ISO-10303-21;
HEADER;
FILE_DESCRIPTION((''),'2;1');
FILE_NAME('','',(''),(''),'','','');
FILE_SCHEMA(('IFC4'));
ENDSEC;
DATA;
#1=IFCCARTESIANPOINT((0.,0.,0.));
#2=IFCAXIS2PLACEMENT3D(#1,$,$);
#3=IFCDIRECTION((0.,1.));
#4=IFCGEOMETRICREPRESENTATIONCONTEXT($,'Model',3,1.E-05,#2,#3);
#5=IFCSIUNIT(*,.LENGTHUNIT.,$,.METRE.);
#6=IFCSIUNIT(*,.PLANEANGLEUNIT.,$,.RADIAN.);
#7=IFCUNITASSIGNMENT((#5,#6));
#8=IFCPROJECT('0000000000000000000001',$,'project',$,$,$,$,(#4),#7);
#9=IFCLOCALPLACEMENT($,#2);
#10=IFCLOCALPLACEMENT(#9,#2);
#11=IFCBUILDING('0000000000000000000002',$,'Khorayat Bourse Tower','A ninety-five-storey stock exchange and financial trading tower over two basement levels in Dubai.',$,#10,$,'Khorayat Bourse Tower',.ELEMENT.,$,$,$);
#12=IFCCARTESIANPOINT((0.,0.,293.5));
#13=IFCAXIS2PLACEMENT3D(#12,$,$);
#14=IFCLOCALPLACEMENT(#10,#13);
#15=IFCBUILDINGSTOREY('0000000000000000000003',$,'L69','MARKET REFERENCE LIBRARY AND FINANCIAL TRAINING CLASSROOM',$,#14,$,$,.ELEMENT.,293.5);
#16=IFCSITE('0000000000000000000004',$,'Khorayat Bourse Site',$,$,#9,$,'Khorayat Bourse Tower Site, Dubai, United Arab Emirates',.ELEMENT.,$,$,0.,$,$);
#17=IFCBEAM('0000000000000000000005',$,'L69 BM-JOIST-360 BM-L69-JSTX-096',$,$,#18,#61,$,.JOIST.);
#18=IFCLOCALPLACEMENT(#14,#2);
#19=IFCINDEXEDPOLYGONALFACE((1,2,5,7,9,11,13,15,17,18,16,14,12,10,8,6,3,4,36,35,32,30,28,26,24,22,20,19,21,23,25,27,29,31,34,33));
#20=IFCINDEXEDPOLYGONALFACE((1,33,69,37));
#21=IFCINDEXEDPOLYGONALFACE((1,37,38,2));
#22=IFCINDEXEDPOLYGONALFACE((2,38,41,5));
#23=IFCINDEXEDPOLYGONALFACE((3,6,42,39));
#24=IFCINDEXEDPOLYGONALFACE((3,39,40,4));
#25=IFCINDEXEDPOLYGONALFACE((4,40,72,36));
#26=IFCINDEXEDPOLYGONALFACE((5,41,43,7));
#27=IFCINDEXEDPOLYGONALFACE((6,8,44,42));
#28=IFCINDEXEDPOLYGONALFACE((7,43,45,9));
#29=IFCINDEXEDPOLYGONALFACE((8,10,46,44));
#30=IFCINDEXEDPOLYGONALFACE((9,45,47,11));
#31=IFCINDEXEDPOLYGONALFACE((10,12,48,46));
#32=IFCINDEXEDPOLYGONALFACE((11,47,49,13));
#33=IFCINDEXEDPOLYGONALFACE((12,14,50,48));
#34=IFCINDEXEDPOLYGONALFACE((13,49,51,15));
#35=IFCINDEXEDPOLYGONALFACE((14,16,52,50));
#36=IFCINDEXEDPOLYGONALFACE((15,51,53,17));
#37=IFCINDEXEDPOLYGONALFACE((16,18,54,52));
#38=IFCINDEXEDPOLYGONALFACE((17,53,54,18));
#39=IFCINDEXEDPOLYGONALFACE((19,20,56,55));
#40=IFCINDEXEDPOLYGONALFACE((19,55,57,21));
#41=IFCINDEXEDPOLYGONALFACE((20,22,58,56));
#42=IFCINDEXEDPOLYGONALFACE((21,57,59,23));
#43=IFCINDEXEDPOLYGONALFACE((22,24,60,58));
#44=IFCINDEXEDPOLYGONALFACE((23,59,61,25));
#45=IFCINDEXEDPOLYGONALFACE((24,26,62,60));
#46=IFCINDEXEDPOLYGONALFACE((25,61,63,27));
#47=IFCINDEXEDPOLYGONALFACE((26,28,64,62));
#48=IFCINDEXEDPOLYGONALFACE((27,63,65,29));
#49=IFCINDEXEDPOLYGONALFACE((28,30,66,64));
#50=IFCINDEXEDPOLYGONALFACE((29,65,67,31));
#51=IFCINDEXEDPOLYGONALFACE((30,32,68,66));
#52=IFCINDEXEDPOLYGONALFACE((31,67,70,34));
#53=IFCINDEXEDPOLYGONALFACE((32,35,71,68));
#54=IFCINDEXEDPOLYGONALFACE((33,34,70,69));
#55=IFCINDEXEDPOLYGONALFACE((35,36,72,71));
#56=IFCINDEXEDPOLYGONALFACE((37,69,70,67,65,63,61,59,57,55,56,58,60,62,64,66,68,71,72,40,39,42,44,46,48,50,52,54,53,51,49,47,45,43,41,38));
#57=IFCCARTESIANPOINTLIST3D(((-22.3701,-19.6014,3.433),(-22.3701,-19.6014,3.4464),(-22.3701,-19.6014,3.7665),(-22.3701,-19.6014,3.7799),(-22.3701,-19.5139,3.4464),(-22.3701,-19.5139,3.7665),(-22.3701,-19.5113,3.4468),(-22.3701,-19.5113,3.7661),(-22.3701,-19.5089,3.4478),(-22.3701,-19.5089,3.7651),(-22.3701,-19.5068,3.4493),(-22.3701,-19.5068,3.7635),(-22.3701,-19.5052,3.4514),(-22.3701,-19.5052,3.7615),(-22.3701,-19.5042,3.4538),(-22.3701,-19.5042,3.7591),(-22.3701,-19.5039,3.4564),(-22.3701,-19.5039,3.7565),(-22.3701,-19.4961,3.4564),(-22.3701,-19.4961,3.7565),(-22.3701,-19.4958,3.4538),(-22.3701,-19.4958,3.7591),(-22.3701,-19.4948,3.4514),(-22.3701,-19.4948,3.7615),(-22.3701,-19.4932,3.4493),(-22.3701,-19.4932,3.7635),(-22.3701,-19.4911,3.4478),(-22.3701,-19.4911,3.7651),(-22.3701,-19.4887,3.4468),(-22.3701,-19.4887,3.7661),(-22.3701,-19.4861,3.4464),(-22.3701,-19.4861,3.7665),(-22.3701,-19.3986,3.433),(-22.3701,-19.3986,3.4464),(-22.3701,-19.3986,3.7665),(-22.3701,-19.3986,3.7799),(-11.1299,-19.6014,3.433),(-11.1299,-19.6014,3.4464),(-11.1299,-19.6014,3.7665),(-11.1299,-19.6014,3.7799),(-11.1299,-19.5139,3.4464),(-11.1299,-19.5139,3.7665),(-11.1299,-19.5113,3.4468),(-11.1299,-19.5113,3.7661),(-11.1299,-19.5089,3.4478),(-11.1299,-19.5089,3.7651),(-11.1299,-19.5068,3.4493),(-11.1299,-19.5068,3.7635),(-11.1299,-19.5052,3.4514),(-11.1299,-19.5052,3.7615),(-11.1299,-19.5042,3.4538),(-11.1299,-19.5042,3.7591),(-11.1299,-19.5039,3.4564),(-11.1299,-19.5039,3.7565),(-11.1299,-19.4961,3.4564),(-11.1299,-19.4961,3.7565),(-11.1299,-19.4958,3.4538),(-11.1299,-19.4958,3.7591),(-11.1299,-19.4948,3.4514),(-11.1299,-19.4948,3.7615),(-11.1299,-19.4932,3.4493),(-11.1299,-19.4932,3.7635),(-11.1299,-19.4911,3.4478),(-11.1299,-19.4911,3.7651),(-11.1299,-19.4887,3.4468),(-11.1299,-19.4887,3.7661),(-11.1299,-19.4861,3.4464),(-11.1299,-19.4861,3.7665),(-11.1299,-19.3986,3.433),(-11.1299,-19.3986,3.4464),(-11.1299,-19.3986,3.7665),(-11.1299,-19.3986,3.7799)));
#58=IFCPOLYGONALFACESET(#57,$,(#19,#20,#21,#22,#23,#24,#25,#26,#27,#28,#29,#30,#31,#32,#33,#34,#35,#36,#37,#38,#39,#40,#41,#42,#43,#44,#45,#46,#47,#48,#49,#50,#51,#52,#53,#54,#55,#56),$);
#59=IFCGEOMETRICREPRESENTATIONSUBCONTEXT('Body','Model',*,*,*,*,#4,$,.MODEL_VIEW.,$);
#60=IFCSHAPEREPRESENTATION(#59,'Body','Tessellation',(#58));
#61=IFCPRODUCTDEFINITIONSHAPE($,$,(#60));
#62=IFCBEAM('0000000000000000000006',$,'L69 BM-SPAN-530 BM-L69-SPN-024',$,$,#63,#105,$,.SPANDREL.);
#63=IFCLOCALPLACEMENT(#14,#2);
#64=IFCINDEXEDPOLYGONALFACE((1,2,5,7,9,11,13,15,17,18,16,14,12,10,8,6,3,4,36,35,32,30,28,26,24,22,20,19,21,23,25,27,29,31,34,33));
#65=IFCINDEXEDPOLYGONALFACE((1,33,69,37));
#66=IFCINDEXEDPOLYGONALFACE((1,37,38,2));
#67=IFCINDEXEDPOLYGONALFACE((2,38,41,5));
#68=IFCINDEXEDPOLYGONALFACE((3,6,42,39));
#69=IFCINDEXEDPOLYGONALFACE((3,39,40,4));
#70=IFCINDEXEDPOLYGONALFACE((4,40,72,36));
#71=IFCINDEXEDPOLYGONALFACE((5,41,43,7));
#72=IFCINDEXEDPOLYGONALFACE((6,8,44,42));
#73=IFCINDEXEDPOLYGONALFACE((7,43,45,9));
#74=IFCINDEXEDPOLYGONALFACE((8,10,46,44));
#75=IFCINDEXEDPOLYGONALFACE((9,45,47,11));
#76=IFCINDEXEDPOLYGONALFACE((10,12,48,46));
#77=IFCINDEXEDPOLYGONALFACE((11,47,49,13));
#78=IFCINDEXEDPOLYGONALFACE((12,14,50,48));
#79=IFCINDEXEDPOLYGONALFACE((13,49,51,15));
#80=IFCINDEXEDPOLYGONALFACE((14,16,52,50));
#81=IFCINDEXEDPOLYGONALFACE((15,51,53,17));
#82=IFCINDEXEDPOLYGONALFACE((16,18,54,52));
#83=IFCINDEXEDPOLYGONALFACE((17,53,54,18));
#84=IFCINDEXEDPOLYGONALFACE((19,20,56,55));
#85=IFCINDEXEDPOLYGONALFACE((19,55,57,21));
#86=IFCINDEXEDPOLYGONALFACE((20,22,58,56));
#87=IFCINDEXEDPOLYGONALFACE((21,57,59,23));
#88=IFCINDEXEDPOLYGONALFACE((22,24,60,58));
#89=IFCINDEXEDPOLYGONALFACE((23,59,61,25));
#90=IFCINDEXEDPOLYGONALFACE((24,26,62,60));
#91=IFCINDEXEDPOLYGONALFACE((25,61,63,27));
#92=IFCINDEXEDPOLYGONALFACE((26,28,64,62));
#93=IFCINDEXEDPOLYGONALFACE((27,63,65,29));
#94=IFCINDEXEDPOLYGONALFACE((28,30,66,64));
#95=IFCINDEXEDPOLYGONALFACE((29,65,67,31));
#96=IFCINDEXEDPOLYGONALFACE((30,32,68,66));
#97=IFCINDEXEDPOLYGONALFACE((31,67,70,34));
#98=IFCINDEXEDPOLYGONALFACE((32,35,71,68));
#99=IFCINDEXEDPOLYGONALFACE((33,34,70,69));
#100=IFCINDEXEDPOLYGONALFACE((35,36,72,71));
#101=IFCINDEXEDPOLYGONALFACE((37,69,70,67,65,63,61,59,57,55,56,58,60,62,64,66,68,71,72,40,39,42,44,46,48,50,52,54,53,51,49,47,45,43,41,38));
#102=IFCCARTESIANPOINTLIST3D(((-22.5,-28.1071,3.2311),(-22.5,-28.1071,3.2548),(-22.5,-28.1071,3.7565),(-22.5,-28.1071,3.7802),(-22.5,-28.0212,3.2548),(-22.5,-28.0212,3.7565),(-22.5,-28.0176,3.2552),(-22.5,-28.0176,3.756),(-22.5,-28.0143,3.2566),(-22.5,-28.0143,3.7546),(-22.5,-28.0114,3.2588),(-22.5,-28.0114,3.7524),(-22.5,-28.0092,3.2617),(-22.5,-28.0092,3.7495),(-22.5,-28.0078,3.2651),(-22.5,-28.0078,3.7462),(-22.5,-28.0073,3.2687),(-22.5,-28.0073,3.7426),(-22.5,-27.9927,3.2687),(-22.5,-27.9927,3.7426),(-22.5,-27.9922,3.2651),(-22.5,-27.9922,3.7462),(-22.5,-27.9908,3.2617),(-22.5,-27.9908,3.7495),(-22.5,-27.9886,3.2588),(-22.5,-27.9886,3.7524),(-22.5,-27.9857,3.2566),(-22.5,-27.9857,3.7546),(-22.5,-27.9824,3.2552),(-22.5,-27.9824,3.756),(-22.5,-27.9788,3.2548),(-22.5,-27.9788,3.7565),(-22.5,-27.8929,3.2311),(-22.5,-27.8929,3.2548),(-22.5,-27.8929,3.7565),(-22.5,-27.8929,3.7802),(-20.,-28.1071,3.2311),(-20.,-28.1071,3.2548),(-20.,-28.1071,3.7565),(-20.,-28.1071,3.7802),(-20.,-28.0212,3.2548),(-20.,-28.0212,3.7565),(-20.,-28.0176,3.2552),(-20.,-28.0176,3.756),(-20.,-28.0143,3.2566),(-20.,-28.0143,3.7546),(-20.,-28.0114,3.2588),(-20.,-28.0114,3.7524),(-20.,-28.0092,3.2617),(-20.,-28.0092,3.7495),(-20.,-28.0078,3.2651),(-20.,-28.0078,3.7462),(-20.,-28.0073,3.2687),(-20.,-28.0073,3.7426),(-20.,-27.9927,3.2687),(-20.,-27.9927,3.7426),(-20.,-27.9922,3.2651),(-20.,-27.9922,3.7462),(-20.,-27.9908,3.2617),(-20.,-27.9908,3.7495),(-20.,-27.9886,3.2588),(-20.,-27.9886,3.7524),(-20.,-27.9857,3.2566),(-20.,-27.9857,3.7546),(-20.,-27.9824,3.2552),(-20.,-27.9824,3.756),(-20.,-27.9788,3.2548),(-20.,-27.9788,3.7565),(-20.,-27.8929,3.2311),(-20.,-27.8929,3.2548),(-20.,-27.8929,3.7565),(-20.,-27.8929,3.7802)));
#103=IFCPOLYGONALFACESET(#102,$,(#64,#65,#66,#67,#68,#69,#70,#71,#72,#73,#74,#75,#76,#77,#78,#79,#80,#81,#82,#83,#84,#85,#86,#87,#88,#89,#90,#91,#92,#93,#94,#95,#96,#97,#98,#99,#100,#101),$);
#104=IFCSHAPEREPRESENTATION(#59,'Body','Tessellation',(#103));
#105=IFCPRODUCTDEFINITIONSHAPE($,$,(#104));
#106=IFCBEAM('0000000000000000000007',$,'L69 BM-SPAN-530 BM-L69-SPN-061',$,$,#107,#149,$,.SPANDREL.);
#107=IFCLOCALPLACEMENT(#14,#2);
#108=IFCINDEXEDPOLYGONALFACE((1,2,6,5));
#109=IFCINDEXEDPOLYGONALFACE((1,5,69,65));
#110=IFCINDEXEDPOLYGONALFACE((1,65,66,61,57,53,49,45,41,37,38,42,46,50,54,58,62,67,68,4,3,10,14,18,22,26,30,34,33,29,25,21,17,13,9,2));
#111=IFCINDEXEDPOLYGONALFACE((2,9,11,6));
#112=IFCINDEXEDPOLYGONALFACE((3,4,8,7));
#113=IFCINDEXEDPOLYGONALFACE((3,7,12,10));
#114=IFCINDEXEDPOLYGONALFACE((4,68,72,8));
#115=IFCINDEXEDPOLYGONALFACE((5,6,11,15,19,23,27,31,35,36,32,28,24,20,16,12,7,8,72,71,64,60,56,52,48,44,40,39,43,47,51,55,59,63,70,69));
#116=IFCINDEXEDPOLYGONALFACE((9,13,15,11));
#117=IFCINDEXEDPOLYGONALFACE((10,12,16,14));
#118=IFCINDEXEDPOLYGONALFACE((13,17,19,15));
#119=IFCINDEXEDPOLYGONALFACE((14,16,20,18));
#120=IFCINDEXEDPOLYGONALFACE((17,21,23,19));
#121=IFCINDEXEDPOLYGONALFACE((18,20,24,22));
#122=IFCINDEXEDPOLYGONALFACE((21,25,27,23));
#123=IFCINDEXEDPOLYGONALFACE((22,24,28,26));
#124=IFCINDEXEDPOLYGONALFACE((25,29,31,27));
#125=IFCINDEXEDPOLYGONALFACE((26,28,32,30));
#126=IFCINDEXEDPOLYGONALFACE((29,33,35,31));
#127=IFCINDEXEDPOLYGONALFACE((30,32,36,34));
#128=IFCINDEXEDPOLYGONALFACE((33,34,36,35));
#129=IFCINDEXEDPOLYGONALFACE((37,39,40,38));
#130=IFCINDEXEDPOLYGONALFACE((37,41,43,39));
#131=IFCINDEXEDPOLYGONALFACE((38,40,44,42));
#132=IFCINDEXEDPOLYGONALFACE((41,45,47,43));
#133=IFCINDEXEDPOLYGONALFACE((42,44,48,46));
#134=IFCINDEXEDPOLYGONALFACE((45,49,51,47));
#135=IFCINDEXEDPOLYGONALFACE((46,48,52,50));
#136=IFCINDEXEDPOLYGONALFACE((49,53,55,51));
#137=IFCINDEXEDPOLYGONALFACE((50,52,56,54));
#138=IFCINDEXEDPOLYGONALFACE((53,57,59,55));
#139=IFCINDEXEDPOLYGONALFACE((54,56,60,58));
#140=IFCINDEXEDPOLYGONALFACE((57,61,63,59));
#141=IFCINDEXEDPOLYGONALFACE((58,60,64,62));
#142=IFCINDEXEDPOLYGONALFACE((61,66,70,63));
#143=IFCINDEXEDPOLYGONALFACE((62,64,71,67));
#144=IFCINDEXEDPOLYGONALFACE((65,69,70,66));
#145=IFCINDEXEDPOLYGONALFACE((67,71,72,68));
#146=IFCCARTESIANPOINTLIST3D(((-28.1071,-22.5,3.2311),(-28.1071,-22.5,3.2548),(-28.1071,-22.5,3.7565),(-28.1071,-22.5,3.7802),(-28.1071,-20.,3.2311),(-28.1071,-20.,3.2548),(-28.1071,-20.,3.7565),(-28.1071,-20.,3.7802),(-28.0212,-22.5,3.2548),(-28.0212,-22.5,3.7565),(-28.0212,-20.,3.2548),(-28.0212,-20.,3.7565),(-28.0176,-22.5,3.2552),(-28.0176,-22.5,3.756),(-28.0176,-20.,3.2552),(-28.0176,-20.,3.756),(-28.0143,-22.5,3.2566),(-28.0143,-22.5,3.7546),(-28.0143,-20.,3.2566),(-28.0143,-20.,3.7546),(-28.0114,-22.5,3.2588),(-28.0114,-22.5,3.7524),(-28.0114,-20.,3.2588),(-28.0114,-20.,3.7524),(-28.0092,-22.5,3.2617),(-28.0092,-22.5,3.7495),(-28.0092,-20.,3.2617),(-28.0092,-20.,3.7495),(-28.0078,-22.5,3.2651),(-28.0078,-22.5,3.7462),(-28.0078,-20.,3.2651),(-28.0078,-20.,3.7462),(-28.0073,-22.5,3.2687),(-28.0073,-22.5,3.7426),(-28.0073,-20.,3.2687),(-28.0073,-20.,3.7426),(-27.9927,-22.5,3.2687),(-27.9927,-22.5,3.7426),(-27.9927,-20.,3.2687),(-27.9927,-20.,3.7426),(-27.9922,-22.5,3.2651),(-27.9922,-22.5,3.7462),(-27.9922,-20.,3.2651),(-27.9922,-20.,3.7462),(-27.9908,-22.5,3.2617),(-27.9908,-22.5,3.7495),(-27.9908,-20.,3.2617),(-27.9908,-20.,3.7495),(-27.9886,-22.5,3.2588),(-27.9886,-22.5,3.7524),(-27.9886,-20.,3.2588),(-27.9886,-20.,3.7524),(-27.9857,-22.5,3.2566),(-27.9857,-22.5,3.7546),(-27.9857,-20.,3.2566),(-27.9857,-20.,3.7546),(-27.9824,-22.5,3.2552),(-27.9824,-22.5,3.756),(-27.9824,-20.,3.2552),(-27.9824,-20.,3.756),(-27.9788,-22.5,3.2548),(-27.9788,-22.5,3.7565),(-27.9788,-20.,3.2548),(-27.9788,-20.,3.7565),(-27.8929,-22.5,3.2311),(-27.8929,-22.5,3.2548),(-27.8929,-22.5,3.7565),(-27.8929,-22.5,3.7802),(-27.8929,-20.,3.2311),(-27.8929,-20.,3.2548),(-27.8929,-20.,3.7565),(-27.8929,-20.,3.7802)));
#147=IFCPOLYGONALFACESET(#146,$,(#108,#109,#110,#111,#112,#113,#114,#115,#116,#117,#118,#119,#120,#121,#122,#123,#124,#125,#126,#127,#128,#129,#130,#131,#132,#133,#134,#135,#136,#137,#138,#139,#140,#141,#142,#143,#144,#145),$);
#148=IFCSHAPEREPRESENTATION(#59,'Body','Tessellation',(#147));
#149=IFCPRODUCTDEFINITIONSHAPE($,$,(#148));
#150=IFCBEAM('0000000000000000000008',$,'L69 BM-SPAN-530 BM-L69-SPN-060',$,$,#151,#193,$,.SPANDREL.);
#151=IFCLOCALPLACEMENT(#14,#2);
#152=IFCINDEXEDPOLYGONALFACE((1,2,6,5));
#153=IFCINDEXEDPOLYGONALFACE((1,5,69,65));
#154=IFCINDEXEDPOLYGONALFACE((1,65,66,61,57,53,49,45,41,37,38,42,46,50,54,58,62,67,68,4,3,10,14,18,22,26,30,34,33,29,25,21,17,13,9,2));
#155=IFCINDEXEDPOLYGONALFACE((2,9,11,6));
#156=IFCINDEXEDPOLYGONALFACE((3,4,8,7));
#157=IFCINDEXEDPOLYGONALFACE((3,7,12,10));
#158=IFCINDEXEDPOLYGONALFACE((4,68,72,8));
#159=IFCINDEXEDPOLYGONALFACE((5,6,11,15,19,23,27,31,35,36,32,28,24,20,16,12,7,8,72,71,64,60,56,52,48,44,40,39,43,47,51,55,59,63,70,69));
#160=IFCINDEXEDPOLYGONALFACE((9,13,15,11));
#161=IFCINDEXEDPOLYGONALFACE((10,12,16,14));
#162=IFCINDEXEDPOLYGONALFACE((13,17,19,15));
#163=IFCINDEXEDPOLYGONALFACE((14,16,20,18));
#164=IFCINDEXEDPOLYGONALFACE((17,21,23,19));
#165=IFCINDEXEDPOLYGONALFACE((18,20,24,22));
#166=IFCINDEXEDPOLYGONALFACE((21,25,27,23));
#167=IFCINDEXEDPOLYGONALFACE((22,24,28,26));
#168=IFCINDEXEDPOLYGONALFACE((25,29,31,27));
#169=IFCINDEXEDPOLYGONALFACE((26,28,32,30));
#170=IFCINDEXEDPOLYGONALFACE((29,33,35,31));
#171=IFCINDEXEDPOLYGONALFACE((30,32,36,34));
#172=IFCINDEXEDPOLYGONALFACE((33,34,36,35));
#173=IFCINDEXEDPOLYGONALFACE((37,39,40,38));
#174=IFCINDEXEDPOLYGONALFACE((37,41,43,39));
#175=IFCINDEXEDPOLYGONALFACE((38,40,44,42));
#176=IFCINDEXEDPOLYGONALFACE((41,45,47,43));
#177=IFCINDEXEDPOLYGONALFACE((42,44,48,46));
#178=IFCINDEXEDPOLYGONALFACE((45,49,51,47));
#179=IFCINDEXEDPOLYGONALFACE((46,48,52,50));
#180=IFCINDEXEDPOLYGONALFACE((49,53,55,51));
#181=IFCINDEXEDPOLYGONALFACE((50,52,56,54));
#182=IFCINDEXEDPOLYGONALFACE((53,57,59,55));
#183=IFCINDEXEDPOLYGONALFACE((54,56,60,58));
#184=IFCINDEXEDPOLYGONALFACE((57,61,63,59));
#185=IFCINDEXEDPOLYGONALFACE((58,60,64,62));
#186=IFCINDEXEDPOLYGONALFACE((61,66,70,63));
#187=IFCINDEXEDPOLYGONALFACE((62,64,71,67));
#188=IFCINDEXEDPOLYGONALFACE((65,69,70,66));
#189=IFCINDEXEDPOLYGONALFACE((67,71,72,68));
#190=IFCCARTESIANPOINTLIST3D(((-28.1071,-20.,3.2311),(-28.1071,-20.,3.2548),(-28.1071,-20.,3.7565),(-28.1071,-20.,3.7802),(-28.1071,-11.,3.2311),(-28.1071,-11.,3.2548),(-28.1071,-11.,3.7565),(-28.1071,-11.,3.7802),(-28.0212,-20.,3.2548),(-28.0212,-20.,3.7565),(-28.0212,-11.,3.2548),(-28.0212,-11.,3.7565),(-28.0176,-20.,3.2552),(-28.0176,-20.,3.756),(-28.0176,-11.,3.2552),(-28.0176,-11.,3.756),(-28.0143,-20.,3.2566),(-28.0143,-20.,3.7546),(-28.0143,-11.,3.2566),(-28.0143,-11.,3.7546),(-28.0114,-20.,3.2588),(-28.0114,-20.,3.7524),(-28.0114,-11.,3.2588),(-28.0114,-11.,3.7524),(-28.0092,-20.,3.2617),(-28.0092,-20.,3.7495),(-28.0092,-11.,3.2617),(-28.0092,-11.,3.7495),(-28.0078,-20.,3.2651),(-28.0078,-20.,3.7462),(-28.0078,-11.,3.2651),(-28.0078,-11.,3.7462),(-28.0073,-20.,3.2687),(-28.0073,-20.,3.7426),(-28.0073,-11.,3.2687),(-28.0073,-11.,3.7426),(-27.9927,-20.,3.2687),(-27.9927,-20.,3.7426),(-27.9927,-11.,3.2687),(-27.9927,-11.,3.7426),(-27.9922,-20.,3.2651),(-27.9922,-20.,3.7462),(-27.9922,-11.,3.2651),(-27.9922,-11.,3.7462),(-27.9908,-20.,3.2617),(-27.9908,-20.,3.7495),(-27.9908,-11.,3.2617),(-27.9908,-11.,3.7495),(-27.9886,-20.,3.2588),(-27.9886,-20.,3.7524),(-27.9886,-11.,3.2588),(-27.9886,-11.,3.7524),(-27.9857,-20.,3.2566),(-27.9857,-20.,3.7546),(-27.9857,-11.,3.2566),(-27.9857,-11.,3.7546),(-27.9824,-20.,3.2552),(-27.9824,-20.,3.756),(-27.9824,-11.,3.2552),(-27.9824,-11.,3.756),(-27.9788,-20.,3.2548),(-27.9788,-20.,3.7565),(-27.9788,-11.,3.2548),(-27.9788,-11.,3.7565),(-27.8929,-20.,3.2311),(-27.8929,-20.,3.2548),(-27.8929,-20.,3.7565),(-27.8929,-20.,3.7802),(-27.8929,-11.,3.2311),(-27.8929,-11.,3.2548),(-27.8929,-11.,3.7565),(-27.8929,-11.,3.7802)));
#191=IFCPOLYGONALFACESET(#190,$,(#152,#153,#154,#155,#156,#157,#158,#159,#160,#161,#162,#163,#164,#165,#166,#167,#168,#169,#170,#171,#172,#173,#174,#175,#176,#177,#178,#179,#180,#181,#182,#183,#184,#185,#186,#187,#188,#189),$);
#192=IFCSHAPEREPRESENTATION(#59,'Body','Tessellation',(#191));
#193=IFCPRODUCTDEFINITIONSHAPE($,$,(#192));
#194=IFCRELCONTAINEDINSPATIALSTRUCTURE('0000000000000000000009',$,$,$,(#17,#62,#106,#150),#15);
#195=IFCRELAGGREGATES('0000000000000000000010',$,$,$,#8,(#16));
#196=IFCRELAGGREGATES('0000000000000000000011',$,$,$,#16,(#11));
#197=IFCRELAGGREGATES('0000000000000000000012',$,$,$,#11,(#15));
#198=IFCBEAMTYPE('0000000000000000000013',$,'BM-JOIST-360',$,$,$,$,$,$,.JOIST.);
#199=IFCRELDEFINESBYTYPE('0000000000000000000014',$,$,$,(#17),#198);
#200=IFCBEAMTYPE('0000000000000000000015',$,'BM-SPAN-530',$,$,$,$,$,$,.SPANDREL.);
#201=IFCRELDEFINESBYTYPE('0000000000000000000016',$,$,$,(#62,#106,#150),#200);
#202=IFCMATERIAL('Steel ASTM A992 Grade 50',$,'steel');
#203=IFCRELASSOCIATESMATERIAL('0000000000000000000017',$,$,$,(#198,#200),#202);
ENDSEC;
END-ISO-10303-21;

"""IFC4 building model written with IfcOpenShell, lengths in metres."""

from ifc_helpers import new_model, si_unit, direction, frame, origin, origin_2d, place, context, subcontext, project, spatial, i_section, extrude, source, transform, mapped, material, material_profile, profile_set, type_object, element, save


model = new_model("IFC4")

# Units and contexts
model_context = context("Model", 3, precision=1e-05, world=origin(), true_north=direction((0.0, 1.0)))
body_context = subcontext(model_context, "Body", "Model", "MODEL_VIEW")
ifc_project = project(units=[si_unit("LENGTHUNIT", "METRE"), si_unit("PLANEANGLEUNIT", "RADIAN")], contexts=[model_context])

# Site, building, storey
site_placement = place(None, origin())
site = spatial("IfcSite", under=ifc_project, at=site_placement, Name="Khorayat Bourse Site", LongName="Khorayat Bourse Tower Site, Dubai, United Arab Emirates", CompositionType="ELEMENT", RefElevation=0.0)
building_placement = place(site_placement, origin())
building = spatial("IfcBuilding", under=site, at=building_placement, Name="Khorayat Bourse Tower", Description="A ninety-five-storey stock exchange and financial trading tower over two basement levels in Dubai.", LongName="Khorayat Bourse Tower", CompositionType="ELEMENT")
storey_placement = place(building_placement, frame((0.0, 0.0, 293.5)))
storey = spatial("IfcBuildingStorey", under=building, at=storey_placement, Name="L69", Description="MARKET REFERENCE LIBRARY AND FINANCIAL TRAINING CLASSROOM", CompositionType="ELEMENT", Elevation=293.5)

# Beams
ifc_material_1 = material(Name="Steel ASTM A992 Grade 50", Category="steel")
ifc_material_profile_1 = material_profile(ifc_material_1, i_section(OverallWidth=0.2029, OverallDepth=0.3469, WebThickness=0.0078, FlangeThickness=0.0134, FilletRadius=0.01, at=origin_2d()), Name="W360X64")
ifc_profile_set_1 = profile_set([ifc_material_profile_1], Name="Steel ASTM A992 Grade 50")
beam_type_1 = type_object("IfcBeamType", Name="BM-JOIST-360", PredefinedType="JOIST", material=ifc_profile_set_1)
shared_shape_1 = source(origin(), body_context, "Body", "SweptSolid", [
    extrude(i_section(OverallWidth=0.2029, OverallDepth=0.3469, WebThickness=0.0078, FlangeThickness=0.0134, FilletRadius=0.01, at=origin_2d()), origin(), (0.0, 0.0, 1.0), 11.2402),
])
beam_1_placement = place(storey_placement, frame((-22.3701, -19.5, 3.6064), z_axis=(1.0, 0.0, 0.0), x_axis=(0.0, 1.0, 0.0)))
element("IfcBeam", 1, at=beam_1_placement, inside=storey, type_object=beam_type_1, Name="L69 BM-JOIST-360 BM-L69-JSTX-096", PredefinedType="JOIST", context=body_context, shape_type="MappedRepresentation", body=[
    mapped(shared_shape_1, transform((0.0, 0.0, 0.0), scale=1.0)),
])
ifc_material_profile_2 = material_profile(ifc_material_1, i_section(OverallWidth=0.2141, OverallDepth=0.5491, WebThickness=0.0146, FlangeThickness=0.0237, FilletRadius=0.0139, at=origin_2d()), Name="W530X138")
ifc_profile_set_2 = profile_set([ifc_material_profile_2], Name="Steel ASTM A992 Grade 50")
beam_type_2 = type_object("IfcBeamType", Name="BM-SPAN-530", PredefinedType="SPANDREL", material=ifc_profile_set_2)
shared_shape_2 = source(origin(), body_context, "Body", "SweptSolid", [
    extrude(i_section(OverallWidth=0.2141, OverallDepth=0.5491, WebThickness=0.0146, FlangeThickness=0.0237, FilletRadius=0.0139, at=origin_2d()), origin(), (0.0, 0.0, 1.0), 2.5),
])
for number, where, z_axis, x_axis, name in (
    (2, (-22.5, -28.0, 3.5056), (1.0, 0.0, 0.0), (0.0, 1.0, 0.0), "L69 BM-SPAN-530 BM-L69-SPN-024"),
    (3, (-28.0, -22.5, 3.5056), (0.0, 1.0, 0.0), (-1.0, 0.0, 0.0), "L69 BM-SPAN-530 BM-L69-SPN-061"),
):
    element("IfcBeam", number, at=place(storey_placement, frame(where, z_axis=z_axis, x_axis=x_axis)), inside=storey, type_object=beam_type_2, Name=name, PredefinedType="SPANDREL", context=body_context, shape_type="MappedRepresentation", body=[
        mapped(shared_shape_2, transform((0.0, 0.0, 0.0), scale=1.0)),
    ])
shared_shape_3 = source(origin(), body_context, "Body", "SweptSolid", [
    extrude(i_section(OverallWidth=0.2141, OverallDepth=0.5491, WebThickness=0.0146, FlangeThickness=0.0237, FilletRadius=0.0139, at=origin_2d()), origin(), (0.0, 0.0, 1.0), 9.0),
])
beam_2_placement = place(storey_placement, frame((-28.0, -20.0, 3.5056), z_axis=(0.0, 1.0, 0.0), x_axis=(-1.0, 0.0, 0.0)))
element("IfcBeam", 4, at=beam_2_placement, inside=storey, type_object=beam_type_2, Name="L69 BM-SPAN-530 BM-L69-SPN-060", PredefinedType="SPANDREL", context=body_context, shape_type="MappedRepresentation", body=[
    mapped(shared_shape_3, transform((0.0, 0.0, 0.0), scale=1.0)),
])

save(model, "model.ifc")
